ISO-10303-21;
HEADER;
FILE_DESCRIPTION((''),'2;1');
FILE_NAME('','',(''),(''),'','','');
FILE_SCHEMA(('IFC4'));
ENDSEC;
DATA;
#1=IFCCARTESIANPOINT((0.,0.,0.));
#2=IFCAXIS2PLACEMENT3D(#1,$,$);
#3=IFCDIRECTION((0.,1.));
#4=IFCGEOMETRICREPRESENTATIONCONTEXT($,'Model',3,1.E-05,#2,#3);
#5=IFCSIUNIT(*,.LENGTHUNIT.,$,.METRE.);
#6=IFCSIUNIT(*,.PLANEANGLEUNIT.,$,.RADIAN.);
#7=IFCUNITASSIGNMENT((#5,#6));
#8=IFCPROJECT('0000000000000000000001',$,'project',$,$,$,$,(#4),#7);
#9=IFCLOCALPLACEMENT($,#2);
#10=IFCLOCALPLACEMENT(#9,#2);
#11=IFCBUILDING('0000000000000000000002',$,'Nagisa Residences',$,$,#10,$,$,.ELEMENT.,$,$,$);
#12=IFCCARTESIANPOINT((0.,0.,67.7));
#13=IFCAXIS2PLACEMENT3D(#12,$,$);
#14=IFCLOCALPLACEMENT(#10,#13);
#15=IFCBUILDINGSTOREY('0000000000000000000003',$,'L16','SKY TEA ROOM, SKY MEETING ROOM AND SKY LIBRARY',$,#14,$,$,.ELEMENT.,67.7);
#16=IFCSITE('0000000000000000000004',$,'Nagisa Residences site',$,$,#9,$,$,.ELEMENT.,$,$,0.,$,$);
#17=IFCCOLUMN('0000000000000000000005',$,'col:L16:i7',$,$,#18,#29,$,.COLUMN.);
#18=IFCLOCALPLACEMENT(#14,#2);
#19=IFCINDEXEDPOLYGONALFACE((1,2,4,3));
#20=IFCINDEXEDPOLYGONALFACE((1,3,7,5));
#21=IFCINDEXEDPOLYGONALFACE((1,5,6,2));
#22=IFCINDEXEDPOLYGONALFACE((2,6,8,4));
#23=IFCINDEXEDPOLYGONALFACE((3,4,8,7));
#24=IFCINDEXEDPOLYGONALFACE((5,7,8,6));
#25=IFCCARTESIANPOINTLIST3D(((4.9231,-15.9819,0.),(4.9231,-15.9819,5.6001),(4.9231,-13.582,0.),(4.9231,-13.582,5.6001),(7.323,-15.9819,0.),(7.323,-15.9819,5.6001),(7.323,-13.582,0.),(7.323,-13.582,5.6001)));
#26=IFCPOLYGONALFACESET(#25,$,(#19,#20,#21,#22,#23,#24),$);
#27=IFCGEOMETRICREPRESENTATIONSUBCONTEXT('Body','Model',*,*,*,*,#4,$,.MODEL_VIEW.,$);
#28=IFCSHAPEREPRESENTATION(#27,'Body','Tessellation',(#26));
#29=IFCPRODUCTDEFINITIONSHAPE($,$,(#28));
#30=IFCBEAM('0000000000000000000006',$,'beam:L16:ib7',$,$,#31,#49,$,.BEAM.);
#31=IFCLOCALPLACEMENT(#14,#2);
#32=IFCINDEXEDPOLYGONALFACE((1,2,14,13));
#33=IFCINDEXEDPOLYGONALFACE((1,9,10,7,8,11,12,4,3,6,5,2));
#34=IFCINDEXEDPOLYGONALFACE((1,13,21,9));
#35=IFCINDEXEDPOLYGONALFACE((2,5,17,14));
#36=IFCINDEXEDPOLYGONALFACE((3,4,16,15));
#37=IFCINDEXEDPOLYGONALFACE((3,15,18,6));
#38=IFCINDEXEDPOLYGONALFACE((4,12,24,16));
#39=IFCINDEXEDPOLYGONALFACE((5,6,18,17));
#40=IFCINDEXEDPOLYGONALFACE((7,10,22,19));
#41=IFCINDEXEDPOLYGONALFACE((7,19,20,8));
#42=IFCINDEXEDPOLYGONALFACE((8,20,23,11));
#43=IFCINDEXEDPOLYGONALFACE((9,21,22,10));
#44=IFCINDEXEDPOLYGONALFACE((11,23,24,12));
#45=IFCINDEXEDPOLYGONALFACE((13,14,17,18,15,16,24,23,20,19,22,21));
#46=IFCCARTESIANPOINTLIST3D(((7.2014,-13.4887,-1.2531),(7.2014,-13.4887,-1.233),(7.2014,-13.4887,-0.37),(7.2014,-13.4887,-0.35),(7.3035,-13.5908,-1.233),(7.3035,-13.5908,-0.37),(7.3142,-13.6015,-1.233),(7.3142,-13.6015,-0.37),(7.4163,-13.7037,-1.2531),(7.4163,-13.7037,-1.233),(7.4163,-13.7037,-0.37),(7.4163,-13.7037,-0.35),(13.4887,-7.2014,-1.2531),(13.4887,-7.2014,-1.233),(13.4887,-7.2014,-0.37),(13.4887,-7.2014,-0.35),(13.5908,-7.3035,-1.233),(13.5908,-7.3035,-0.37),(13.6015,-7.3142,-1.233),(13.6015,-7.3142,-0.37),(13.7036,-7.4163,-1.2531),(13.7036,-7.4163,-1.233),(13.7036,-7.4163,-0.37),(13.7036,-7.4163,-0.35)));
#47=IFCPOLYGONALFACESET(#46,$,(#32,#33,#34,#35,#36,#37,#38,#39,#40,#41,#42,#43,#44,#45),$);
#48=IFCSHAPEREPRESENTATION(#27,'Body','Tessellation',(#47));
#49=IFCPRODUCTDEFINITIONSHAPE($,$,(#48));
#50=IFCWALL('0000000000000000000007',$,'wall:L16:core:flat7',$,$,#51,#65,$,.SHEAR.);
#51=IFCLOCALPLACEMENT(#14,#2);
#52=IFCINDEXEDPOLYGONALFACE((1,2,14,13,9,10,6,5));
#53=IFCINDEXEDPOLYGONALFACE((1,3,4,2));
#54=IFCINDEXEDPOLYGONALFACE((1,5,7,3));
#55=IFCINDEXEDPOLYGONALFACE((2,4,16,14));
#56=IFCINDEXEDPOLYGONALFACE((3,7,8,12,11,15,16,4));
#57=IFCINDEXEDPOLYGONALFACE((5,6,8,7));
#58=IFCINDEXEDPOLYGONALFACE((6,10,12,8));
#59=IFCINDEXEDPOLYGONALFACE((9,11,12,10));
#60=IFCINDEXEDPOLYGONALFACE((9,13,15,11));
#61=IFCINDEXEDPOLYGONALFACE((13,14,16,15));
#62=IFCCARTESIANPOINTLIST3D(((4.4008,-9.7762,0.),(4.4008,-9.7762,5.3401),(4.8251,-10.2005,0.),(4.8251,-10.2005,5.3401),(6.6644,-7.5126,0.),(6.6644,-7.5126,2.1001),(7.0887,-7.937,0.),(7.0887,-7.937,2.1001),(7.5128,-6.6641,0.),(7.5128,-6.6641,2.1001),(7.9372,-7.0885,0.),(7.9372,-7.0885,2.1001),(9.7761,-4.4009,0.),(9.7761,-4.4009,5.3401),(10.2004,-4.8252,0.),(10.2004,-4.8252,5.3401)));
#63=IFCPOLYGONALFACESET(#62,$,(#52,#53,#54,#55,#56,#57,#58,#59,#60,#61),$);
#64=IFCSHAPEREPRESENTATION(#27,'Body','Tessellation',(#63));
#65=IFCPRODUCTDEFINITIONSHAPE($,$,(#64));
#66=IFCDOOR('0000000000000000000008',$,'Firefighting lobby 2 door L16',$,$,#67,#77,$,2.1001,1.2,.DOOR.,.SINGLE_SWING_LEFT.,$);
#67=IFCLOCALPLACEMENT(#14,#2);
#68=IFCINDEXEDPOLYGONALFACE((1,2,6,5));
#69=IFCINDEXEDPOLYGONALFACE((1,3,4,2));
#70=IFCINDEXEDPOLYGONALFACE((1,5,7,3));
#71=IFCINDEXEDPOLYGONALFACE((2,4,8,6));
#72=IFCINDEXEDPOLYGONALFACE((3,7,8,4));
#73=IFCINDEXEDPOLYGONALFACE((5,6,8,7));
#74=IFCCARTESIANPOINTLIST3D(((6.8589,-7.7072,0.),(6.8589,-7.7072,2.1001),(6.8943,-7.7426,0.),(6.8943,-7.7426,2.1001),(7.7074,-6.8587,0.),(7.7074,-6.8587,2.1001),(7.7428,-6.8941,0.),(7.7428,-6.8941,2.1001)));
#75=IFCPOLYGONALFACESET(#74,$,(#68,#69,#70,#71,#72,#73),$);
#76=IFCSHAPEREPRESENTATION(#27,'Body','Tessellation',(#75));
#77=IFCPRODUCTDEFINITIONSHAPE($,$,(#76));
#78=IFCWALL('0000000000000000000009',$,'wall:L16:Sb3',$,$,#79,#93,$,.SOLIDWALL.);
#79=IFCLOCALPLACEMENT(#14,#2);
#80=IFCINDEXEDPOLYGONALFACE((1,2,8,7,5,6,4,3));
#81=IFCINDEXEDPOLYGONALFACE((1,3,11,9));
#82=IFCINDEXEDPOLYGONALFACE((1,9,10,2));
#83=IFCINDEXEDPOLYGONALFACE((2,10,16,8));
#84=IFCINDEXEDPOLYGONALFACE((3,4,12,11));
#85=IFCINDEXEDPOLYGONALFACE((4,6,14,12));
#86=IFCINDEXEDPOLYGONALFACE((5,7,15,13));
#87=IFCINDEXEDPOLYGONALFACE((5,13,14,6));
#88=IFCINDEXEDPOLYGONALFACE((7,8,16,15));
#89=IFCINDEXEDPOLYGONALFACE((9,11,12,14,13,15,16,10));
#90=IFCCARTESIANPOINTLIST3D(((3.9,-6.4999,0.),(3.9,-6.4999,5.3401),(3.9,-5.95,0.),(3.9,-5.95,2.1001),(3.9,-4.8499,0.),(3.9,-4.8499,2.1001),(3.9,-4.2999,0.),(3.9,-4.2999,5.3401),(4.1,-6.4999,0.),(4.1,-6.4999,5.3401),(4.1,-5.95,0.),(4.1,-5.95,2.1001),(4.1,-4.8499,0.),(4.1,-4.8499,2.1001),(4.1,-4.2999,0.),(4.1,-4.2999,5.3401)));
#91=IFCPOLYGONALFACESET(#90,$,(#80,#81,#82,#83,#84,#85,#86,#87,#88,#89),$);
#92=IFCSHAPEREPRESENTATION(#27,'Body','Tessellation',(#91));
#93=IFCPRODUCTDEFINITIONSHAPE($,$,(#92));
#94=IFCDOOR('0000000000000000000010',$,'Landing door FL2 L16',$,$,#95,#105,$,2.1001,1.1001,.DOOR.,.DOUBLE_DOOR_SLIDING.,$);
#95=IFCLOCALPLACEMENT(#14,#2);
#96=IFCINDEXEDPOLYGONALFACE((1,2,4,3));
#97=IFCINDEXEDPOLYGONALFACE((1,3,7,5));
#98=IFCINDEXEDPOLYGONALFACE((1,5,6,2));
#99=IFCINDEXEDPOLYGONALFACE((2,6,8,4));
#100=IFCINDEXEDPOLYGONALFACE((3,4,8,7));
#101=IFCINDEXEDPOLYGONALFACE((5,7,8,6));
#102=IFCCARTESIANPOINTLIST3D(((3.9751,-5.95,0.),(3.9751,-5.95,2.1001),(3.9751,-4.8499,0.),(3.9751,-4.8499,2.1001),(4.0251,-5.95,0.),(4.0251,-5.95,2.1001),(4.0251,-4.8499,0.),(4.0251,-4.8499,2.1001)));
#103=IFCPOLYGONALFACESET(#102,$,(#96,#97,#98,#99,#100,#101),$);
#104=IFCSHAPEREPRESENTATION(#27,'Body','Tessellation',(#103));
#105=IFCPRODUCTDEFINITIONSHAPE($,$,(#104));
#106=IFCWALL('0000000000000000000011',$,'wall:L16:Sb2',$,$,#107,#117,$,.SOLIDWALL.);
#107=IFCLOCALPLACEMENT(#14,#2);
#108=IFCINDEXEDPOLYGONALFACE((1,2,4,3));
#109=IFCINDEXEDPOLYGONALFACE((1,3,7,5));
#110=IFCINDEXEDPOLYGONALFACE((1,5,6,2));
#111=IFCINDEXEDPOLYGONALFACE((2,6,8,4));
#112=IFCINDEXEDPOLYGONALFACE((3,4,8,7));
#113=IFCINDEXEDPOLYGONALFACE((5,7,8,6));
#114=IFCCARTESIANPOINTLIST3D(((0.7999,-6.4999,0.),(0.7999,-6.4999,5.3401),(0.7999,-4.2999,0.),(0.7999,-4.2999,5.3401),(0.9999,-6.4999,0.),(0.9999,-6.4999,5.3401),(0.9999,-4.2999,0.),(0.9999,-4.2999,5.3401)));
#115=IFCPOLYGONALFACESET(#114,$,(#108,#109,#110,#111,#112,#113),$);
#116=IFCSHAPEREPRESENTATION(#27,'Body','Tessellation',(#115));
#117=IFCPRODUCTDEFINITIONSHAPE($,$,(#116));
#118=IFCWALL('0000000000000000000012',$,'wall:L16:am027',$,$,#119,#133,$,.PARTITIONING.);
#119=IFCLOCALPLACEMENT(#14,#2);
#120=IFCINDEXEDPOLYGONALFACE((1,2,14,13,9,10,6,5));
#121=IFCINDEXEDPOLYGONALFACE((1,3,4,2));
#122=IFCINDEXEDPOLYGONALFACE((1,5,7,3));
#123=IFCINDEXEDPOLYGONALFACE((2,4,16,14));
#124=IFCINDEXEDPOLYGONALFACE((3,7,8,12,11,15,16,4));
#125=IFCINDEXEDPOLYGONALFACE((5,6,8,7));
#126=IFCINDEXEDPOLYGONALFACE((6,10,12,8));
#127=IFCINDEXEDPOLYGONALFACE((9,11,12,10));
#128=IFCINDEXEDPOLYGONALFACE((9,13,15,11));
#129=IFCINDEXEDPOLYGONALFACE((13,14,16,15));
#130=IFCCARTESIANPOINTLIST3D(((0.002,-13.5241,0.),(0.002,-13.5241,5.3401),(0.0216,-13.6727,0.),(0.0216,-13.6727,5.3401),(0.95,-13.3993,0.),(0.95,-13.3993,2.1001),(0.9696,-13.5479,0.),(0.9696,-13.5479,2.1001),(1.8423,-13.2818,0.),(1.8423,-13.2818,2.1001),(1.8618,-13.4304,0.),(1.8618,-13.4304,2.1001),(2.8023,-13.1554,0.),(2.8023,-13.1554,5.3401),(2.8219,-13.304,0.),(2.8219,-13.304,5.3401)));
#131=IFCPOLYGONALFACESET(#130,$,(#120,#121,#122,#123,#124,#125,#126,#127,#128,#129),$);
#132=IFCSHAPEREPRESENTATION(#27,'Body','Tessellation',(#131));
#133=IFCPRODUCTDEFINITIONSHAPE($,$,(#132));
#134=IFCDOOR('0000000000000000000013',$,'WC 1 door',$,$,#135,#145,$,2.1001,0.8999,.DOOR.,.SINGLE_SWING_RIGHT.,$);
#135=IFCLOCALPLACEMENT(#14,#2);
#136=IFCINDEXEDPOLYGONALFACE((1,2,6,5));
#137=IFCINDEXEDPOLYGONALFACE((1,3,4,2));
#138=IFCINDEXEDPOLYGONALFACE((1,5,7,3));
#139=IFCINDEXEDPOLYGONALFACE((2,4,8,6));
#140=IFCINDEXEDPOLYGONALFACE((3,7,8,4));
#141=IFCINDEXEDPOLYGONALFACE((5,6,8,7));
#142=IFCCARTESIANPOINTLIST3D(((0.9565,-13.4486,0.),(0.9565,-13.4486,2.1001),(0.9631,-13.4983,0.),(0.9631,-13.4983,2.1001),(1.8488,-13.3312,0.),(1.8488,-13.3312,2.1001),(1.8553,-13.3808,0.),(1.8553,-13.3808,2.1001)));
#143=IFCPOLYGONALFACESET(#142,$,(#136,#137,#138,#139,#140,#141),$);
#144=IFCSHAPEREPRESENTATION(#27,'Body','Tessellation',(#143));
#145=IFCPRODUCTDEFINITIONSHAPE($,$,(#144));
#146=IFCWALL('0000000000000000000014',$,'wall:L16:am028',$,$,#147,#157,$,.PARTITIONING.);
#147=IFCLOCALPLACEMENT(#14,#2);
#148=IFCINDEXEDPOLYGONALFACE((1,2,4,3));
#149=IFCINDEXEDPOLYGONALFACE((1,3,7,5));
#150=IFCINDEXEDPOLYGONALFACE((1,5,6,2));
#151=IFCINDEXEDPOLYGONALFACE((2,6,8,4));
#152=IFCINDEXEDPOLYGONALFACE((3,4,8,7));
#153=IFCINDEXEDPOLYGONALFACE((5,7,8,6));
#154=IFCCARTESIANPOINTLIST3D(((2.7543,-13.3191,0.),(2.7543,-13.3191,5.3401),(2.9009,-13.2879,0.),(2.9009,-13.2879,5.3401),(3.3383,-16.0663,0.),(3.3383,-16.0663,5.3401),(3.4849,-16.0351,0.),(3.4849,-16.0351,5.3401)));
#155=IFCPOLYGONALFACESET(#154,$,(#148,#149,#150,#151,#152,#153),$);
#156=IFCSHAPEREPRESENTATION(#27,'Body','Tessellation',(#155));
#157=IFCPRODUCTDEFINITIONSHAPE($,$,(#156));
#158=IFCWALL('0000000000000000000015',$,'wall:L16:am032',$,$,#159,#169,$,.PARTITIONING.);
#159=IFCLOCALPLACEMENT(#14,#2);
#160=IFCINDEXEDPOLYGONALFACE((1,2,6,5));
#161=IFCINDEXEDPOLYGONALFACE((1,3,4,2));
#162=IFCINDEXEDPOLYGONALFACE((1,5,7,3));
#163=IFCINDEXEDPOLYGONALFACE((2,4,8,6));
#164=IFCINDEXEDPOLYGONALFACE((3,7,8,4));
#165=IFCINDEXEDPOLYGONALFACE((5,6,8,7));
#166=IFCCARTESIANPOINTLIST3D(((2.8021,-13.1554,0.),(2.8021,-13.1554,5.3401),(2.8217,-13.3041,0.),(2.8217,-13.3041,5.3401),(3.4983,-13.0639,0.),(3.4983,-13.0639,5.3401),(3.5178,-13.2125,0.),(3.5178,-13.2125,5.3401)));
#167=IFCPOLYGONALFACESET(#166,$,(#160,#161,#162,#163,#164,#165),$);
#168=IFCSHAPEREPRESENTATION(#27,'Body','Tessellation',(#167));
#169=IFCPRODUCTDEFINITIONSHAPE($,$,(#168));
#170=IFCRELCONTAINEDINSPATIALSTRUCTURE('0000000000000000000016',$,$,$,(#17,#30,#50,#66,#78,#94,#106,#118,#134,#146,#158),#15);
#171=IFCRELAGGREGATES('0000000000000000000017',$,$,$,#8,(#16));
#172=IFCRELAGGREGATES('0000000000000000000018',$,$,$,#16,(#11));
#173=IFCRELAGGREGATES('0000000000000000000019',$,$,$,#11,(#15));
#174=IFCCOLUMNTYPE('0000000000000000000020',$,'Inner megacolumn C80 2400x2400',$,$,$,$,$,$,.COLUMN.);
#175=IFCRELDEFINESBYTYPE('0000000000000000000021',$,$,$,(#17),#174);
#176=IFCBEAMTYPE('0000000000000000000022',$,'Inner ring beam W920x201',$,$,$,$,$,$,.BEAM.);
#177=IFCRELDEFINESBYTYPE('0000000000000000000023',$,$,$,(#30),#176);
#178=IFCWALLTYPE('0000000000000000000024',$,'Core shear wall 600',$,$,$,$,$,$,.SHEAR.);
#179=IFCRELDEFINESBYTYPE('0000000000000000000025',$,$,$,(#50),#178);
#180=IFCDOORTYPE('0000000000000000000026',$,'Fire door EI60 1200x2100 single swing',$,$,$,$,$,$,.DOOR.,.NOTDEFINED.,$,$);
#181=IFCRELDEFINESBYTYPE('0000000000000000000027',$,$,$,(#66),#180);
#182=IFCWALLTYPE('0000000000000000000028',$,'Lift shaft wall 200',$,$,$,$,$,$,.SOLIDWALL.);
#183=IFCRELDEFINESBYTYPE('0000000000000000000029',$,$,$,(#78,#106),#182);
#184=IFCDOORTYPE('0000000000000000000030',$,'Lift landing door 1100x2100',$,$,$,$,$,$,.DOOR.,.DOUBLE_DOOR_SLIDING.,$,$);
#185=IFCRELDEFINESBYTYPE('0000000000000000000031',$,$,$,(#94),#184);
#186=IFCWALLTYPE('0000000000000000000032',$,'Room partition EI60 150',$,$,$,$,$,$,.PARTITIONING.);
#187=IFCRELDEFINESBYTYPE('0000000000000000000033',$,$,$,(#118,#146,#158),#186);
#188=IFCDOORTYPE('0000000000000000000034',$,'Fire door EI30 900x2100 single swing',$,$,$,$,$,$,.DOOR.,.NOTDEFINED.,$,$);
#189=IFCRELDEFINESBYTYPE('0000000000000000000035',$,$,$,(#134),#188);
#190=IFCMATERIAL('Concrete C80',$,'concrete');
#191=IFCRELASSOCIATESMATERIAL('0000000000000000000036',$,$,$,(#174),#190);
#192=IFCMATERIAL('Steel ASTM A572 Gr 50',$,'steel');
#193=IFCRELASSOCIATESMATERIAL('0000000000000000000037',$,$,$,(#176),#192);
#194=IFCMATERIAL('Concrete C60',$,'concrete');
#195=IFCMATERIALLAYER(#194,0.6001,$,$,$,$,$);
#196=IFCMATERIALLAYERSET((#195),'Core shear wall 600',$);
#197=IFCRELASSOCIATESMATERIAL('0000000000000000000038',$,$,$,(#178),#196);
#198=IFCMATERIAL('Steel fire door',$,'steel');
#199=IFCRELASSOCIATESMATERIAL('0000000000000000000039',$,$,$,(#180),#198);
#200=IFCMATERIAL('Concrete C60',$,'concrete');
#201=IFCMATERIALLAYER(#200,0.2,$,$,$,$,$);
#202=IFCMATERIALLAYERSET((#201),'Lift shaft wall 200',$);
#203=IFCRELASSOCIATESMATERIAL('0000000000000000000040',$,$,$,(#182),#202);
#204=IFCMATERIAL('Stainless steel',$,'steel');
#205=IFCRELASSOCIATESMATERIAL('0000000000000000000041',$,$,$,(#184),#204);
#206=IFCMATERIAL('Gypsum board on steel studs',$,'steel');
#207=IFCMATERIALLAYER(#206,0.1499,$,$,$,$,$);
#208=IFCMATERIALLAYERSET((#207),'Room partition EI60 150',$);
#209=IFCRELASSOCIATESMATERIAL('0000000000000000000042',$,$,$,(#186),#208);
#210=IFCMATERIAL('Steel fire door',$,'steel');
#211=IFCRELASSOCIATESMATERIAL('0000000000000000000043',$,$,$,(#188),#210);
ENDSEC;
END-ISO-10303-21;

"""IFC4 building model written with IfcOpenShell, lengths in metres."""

from ifc_helpers import new_model, si_unit, direction, frame, frame_2d, origin, origin_2d, place, context, subcontext, project, spatial, rectangle, i_section, extrude, material, layer, layer_set, material_profile, profile_set, type_object, element, fill, save


model = new_model("IFC4")

# Units and contexts
model_context = context("Model", 3, precision=1e-05, world=origin(), true_north=direction((0.0, 1.0)))
body_context = subcontext(model_context, "Body", "Model", "MODEL_VIEW")
ifc_project = project(units=[si_unit("LENGTHUNIT", "METRE"), si_unit("PLANEANGLEUNIT", "RADIAN")], contexts=[model_context])

# Site, building, storey
site_placement = place(None, origin())
site = spatial("IfcSite", under=ifc_project, at=site_placement, Name="Nagisa Residences site", CompositionType="ELEMENT", RefElevation=0.0)
building_placement = place(site_placement, origin())
building = spatial("IfcBuilding", under=site, at=building_placement, Name="Nagisa Residences", CompositionType="ELEMENT")
storey_placement = place(building_placement, frame((0.0, 0.0, 67.7)))
storey = spatial("IfcBuildingStorey", under=building, at=storey_placement, Name="L16", Description="SKY TEA ROOM, SKY MEETING ROOM AND SKY LIBRARY", CompositionType="ELEMENT", Elevation=67.7)

# Column
ifc_material_1 = material(Name="Concrete C80", Category="concrete")
ifc_material_profile_1 = material_profile(ifc_material_1, rectangle(XDim=2.3999, YDim=2.3999, at=origin_2d()), Name="C80 2400x2400")
ifc_profile_set_1 = profile_set([ifc_material_profile_1], Name="Concrete C80")
column_type = type_object("IfcColumnType", Name="Inner megacolumn C80 2400x2400", PredefinedType="COLUMN", material=ifc_profile_set_1)
column_placement = place(storey_placement, frame((6.123, -14.782, 0.0), z_axis=(0.0, 0.0, 1.0), x_axis=(1.0, 0.0, 0.0)))
element("IfcColumn", 1, at=column_placement, inside=storey, type_object=column_type, Name="col:L16:i7", PredefinedType="COLUMN", context=body_context, shape_type="SweptSolid", body=[
    extrude(rectangle(XDim=2.3999, YDim=2.3999, at=origin_2d()), origin(), (0.0, 0.0, 1.0), 5.6001),
])

# Beam
ifc_material_2 = material(Name="Steel ASTM A572 Gr 50", Category="steel")
ifc_material_profile_2 = material_profile(ifc_material_2, i_section(OverallWidth=0.304, OverallDepth=0.9031, WebThickness=0.0151, FlangeThickness=0.02, at=origin_2d()), Name="W920x201")
ifc_profile_set_2 = profile_set([ifc_material_profile_2], Name="Steel ASTM A572 Gr 50")
beam_type = type_object("IfcBeamType", Name="Inner ring beam W920x201", PredefinedType="BEAM", material=ifc_profile_set_2)
beam_placement = place(storey_placement, frame((7.3088, -13.5962, -0.8015), z_axis=(0.707107, 0.707107, 0.0), x_axis=(-0.707107, 0.707107, 0.0)))
element("IfcBeam", 2, at=beam_placement, inside=storey, type_object=beam_type, Name="beam:L16:ib7", PredefinedType="BEAM", context=body_context, shape_type="SweptSolid", body=[
    extrude(i_section(OverallWidth=0.304, OverallDepth=0.9031, WebThickness=0.0151, FlangeThickness=0.02, at=origin_2d()), origin(), (0.0, 0.0, 1.0), 8.8916),
])

# Walls, openings, doors
ifc_material_3 = material(Name="Concrete C60", Category="concrete")
ifc_layer_1 = layer(ifc_material_3, 0.6001)
ifc_layer_set_1 = layer_set([ifc_layer_1], Name="Core shear wall 600")
wall_type_1 = type_object("IfcWallType", Name="Core shear wall 600", PredefinedType="SHEAR", material=ifc_layer_set_1)
wall_1_placement = place(storey_placement, frame((4.613, -9.9883, 0.0), z_axis=(0.0, 0.0, 1.0), x_axis=(0.707107, 0.707107, 0.0)))
wall_1 = element("IfcWall", 3, at=wall_1_placement, inside=storey, type_object=wall_type_1, Name="wall:L16:core:flat7", PredefinedType="SHEAR", context=body_context, shape_type="SweptSolid", body=[
    extrude(rectangle(XDim=7.6018, YDim=0.6001, at=frame_2d((3.8008, 0.0))), origin(), (0.0, 0.0, 1.0), 5.3401),
])
opening_1_placement = place(wall_1_placement, frame((3.2009, 0.0, 0.0)))
opening_1 = element("IfcOpeningElement", 4, at=opening_1_placement, cuts=wall_1, PredefinedType="OPENING", context=body_context, shape_type="SweptSolid", body=[
    extrude(rectangle(XDim=1.2, YDim=2.1001, at=frame_2d((0.6001, 1.05))), frame((0.0, 0.3101, 0.0), z_axis=(0.0, -1.0, 0.0), x_axis=(1.0, 0.0, 0.0)), (0.0, 0.0, 1.0), 0.6201),
])
ifc_material_4 = material(Name="Steel fire door", Category="steel")
door_type_1 = type_object("IfcDoorType", Name="Fire door EI60 1200x2100 single swing", OperationType="NOTDEFINED", PredefinedType="DOOR", material=ifc_material_4)
door_1_placement = place(opening_1_placement, origin())
door_1 = element("IfcDoor", 5, at=door_1_placement, inside=storey, type_object=door_type_1, Name="Firefighting lobby 2 door L16", OperationType="SINGLE_SWING_LEFT", OverallHeight=2.1001, OverallWidth=1.2, PredefinedType="DOOR", context=body_context, shape_type="SweptSolid", body=[
    extrude(rectangle(XDim=1.2, YDim=2.1001, at=frame_2d((0.6001, 1.05))), frame((0.0, 0.0249, 0.0), z_axis=(0.0, -1.0, 0.0), x_axis=(1.0, 0.0, 0.0)), (0.0, 0.0, 1.0), 0.05),
])
fill(opening_1, door_1)
ifc_material_5 = material(Name="Concrete C60", Category="concrete")
ifc_layer_2 = layer(ifc_material_5, 0.2)
ifc_layer_set_2 = layer_set([ifc_layer_2], Name="Lift shaft wall 200")
wall_type_2 = type_object("IfcWallType", Name="Lift shaft wall 200", PredefinedType="SOLIDWALL", material=ifc_layer_set_2)
wall_2_placement = place(storey_placement, frame((4.0, -6.5, 0.0), z_axis=(0.0, 0.0, 1.0), x_axis=(0.0, 1.0, 0.0)))
wall_2 = element("IfcWall", 6, at=wall_2_placement, inside=storey, type_object=wall_type_2, Name="wall:L16:Sb3", PredefinedType="SOLIDWALL", context=body_context, shape_type="SweptSolid", body=[
    extrude(rectangle(XDim=2.2, YDim=0.2, at=frame_2d((1.1001, 0.0))), origin(), (0.0, 0.0, 1.0), 5.3401),
])
opening_2_placement = place(wall_2_placement, frame((0.55, 0.0, 0.0)))
opening_2 = element("IfcOpeningElement", 7, at=opening_2_placement, cuts=wall_2, PredefinedType="OPENING", context=body_context, shape_type="SweptSolid", body=[
    extrude(rectangle(XDim=1.1001, YDim=2.1001, at=frame_2d((0.55, 1.05))), frame((0.0, 0.1099, 0.0), z_axis=(0.0, -1.0, 0.0), x_axis=(1.0, 0.0, 0.0)), (0.0, 0.0, 1.0), 0.22),
])
ifc_material_6 = material(Name="Stainless steel", Category="steel")
door_type_2 = type_object("IfcDoorType", Name="Lift landing door 1100x2100", OperationType="DOUBLE_DOOR_SLIDING", PredefinedType="DOOR", material=ifc_material_6)
door_2_placement = place(opening_2_placement, origin())
door_2 = element("IfcDoor", 8, at=door_2_placement, inside=storey, type_object=door_type_2, Name="Landing door FL2 L16", OperationType="DOUBLE_DOOR_SLIDING", OverallHeight=2.1001, OverallWidth=1.1001, PredefinedType="DOOR", context=body_context, shape_type="SweptSolid", body=[
    extrude(rectangle(XDim=1.1001, YDim=2.1001, at=frame_2d((0.55, 1.05))), frame((0.0, 0.0249, 0.0), z_axis=(0.0, -1.0, 0.0), x_axis=(1.0, 0.0, 0.0)), (0.0, 0.0, 1.0), 0.05),
])
fill(opening_2, door_2)

# Wall
wall_3_placement = place(storey_placement, frame((0.8999, -6.5, 0.0), z_axis=(0.0, 0.0, 1.0), x_axis=(0.0, 1.0, 0.0)))
element("IfcWall", 9, at=wall_3_placement, inside=storey, type_object=wall_type_2, Name="wall:L16:Sb2", PredefinedType="SOLIDWALL", context=body_context, shape_type="SweptSolid", body=[
    extrude(rectangle(XDim=2.2, YDim=0.2, at=frame_2d((1.1001, 0.0))), origin(), (0.0, 0.0, 1.0), 5.3401),
])

# Wall, opening, door
ifc_material_7 = material(Name="Gypsum board on steel studs", Category="steel")
ifc_layer_3 = layer(ifc_material_7, 0.1499)
ifc_layer_set_3 = layer_set([ifc_layer_3], Name="Room partition EI60 150")
wall_type_3 = type_object("IfcWallType", Name="Room partition EI60 150", PredefinedType="PARTITIONING", material=ifc_layer_set_3)
wall_4_placement = place(storey_placement, frame((2.812, -13.2297, 0.0), z_axis=(0.0, 0.0, 1.0), x_axis=(-0.991445, -0.130522, 0.0)))
wall_4 = element("IfcWall", 10, at=wall_4_placement, inside=storey, type_object=wall_type_3, Name="wall:L16:am027", PredefinedType="PARTITIONING", context=body_context, shape_type="SweptSolid", body=[
    extrude(rectangle(XDim=2.8245, YDim=0.1499, at=frame_2d((1.4121, 0.0))), origin(), (0.0, 0.0, 1.0), 5.3401),
])
opening_3_placement = place(wall_4_placement, frame((0.9683, 0.0, 0.0)))
opening_3 = element("IfcOpeningElement", 11, at=opening_3_placement, cuts=wall_4, PredefinedType="OPENING", context=body_context, shape_type="SweptSolid", body=[
    extrude(rectangle(XDim=0.8999, YDim=2.1001, at=frame_2d((0.45, 1.05))), frame((0.0, 0.085, 0.0), z_axis=(0.0, -1.0, 0.0), x_axis=(1.0, 0.0, 0.0)), (0.0, 0.0, 1.0), 0.1699),
])
ifc_material_8 = material(Name="Steel fire door", Category="steel")
door_type_3 = type_object("IfcDoorType", Name="Fire door EI30 900x2100 single swing", OperationType="NOTDEFINED", PredefinedType="DOOR", material=ifc_material_8)
door_3_placement = place(opening_3_placement, origin())
door_3 = element("IfcDoor", 12, at=door_3_placement, inside=storey, type_object=door_type_3, Name="WC 1 door", OperationType="SINGLE_SWING_RIGHT", OverallHeight=2.1001, OverallWidth=0.8999, PredefinedType="DOOR", context=body_context, shape_type="SweptSolid", body=[
    extrude(rectangle(XDim=0.8999, YDim=2.1001, at=frame_2d((0.45, 1.05))), frame((0.0, 0.0249, 0.0), z_axis=(0.0, -1.0, 0.0), x_axis=(1.0, 0.0, 0.0)), (0.0, 0.0, 1.0), 0.05),
])
fill(opening_3, door_3)

# Walls
wall_5_placement = place(storey_placement, frame((2.8276, -13.3035, 0.0), z_axis=(0.0, 0.0, 1.0), x_axis=(0.20792, -0.978146, 0.0)))
element("IfcWall", 13, at=wall_5_placement, inside=storey, type_object=wall_type_3, Name="wall:L16:am028", PredefinedType="PARTITIONING", context=body_context, shape_type="SweptSolid", body=[
    extrude(rectangle(XDim=2.8086, YDim=0.1499, at=frame_2d((1.4043, 0.0))), origin(), (0.0, 0.0, 1.0), 5.3401),
])
wall_6_placement = place(storey_placement, frame((3.5081, -13.1382, 0.0), z_axis=(0.0, 0.0, 1.0), x_axis=(-0.99146, -0.13041, 0.0)))
element("IfcWall", 14, at=wall_6_placement, inside=storey, type_object=wall_type_3, Name="wall:L16:am032", PredefinedType="PARTITIONING", context=body_context, shape_type="SweptSolid", body=[
    extrude(rectangle(XDim=0.7021, YDim=0.1499, at=frame_2d((0.3511, 0.0))), origin(), (0.0, 0.0, 1.0), 5.3401),
])

save(model, "model.ifc")
